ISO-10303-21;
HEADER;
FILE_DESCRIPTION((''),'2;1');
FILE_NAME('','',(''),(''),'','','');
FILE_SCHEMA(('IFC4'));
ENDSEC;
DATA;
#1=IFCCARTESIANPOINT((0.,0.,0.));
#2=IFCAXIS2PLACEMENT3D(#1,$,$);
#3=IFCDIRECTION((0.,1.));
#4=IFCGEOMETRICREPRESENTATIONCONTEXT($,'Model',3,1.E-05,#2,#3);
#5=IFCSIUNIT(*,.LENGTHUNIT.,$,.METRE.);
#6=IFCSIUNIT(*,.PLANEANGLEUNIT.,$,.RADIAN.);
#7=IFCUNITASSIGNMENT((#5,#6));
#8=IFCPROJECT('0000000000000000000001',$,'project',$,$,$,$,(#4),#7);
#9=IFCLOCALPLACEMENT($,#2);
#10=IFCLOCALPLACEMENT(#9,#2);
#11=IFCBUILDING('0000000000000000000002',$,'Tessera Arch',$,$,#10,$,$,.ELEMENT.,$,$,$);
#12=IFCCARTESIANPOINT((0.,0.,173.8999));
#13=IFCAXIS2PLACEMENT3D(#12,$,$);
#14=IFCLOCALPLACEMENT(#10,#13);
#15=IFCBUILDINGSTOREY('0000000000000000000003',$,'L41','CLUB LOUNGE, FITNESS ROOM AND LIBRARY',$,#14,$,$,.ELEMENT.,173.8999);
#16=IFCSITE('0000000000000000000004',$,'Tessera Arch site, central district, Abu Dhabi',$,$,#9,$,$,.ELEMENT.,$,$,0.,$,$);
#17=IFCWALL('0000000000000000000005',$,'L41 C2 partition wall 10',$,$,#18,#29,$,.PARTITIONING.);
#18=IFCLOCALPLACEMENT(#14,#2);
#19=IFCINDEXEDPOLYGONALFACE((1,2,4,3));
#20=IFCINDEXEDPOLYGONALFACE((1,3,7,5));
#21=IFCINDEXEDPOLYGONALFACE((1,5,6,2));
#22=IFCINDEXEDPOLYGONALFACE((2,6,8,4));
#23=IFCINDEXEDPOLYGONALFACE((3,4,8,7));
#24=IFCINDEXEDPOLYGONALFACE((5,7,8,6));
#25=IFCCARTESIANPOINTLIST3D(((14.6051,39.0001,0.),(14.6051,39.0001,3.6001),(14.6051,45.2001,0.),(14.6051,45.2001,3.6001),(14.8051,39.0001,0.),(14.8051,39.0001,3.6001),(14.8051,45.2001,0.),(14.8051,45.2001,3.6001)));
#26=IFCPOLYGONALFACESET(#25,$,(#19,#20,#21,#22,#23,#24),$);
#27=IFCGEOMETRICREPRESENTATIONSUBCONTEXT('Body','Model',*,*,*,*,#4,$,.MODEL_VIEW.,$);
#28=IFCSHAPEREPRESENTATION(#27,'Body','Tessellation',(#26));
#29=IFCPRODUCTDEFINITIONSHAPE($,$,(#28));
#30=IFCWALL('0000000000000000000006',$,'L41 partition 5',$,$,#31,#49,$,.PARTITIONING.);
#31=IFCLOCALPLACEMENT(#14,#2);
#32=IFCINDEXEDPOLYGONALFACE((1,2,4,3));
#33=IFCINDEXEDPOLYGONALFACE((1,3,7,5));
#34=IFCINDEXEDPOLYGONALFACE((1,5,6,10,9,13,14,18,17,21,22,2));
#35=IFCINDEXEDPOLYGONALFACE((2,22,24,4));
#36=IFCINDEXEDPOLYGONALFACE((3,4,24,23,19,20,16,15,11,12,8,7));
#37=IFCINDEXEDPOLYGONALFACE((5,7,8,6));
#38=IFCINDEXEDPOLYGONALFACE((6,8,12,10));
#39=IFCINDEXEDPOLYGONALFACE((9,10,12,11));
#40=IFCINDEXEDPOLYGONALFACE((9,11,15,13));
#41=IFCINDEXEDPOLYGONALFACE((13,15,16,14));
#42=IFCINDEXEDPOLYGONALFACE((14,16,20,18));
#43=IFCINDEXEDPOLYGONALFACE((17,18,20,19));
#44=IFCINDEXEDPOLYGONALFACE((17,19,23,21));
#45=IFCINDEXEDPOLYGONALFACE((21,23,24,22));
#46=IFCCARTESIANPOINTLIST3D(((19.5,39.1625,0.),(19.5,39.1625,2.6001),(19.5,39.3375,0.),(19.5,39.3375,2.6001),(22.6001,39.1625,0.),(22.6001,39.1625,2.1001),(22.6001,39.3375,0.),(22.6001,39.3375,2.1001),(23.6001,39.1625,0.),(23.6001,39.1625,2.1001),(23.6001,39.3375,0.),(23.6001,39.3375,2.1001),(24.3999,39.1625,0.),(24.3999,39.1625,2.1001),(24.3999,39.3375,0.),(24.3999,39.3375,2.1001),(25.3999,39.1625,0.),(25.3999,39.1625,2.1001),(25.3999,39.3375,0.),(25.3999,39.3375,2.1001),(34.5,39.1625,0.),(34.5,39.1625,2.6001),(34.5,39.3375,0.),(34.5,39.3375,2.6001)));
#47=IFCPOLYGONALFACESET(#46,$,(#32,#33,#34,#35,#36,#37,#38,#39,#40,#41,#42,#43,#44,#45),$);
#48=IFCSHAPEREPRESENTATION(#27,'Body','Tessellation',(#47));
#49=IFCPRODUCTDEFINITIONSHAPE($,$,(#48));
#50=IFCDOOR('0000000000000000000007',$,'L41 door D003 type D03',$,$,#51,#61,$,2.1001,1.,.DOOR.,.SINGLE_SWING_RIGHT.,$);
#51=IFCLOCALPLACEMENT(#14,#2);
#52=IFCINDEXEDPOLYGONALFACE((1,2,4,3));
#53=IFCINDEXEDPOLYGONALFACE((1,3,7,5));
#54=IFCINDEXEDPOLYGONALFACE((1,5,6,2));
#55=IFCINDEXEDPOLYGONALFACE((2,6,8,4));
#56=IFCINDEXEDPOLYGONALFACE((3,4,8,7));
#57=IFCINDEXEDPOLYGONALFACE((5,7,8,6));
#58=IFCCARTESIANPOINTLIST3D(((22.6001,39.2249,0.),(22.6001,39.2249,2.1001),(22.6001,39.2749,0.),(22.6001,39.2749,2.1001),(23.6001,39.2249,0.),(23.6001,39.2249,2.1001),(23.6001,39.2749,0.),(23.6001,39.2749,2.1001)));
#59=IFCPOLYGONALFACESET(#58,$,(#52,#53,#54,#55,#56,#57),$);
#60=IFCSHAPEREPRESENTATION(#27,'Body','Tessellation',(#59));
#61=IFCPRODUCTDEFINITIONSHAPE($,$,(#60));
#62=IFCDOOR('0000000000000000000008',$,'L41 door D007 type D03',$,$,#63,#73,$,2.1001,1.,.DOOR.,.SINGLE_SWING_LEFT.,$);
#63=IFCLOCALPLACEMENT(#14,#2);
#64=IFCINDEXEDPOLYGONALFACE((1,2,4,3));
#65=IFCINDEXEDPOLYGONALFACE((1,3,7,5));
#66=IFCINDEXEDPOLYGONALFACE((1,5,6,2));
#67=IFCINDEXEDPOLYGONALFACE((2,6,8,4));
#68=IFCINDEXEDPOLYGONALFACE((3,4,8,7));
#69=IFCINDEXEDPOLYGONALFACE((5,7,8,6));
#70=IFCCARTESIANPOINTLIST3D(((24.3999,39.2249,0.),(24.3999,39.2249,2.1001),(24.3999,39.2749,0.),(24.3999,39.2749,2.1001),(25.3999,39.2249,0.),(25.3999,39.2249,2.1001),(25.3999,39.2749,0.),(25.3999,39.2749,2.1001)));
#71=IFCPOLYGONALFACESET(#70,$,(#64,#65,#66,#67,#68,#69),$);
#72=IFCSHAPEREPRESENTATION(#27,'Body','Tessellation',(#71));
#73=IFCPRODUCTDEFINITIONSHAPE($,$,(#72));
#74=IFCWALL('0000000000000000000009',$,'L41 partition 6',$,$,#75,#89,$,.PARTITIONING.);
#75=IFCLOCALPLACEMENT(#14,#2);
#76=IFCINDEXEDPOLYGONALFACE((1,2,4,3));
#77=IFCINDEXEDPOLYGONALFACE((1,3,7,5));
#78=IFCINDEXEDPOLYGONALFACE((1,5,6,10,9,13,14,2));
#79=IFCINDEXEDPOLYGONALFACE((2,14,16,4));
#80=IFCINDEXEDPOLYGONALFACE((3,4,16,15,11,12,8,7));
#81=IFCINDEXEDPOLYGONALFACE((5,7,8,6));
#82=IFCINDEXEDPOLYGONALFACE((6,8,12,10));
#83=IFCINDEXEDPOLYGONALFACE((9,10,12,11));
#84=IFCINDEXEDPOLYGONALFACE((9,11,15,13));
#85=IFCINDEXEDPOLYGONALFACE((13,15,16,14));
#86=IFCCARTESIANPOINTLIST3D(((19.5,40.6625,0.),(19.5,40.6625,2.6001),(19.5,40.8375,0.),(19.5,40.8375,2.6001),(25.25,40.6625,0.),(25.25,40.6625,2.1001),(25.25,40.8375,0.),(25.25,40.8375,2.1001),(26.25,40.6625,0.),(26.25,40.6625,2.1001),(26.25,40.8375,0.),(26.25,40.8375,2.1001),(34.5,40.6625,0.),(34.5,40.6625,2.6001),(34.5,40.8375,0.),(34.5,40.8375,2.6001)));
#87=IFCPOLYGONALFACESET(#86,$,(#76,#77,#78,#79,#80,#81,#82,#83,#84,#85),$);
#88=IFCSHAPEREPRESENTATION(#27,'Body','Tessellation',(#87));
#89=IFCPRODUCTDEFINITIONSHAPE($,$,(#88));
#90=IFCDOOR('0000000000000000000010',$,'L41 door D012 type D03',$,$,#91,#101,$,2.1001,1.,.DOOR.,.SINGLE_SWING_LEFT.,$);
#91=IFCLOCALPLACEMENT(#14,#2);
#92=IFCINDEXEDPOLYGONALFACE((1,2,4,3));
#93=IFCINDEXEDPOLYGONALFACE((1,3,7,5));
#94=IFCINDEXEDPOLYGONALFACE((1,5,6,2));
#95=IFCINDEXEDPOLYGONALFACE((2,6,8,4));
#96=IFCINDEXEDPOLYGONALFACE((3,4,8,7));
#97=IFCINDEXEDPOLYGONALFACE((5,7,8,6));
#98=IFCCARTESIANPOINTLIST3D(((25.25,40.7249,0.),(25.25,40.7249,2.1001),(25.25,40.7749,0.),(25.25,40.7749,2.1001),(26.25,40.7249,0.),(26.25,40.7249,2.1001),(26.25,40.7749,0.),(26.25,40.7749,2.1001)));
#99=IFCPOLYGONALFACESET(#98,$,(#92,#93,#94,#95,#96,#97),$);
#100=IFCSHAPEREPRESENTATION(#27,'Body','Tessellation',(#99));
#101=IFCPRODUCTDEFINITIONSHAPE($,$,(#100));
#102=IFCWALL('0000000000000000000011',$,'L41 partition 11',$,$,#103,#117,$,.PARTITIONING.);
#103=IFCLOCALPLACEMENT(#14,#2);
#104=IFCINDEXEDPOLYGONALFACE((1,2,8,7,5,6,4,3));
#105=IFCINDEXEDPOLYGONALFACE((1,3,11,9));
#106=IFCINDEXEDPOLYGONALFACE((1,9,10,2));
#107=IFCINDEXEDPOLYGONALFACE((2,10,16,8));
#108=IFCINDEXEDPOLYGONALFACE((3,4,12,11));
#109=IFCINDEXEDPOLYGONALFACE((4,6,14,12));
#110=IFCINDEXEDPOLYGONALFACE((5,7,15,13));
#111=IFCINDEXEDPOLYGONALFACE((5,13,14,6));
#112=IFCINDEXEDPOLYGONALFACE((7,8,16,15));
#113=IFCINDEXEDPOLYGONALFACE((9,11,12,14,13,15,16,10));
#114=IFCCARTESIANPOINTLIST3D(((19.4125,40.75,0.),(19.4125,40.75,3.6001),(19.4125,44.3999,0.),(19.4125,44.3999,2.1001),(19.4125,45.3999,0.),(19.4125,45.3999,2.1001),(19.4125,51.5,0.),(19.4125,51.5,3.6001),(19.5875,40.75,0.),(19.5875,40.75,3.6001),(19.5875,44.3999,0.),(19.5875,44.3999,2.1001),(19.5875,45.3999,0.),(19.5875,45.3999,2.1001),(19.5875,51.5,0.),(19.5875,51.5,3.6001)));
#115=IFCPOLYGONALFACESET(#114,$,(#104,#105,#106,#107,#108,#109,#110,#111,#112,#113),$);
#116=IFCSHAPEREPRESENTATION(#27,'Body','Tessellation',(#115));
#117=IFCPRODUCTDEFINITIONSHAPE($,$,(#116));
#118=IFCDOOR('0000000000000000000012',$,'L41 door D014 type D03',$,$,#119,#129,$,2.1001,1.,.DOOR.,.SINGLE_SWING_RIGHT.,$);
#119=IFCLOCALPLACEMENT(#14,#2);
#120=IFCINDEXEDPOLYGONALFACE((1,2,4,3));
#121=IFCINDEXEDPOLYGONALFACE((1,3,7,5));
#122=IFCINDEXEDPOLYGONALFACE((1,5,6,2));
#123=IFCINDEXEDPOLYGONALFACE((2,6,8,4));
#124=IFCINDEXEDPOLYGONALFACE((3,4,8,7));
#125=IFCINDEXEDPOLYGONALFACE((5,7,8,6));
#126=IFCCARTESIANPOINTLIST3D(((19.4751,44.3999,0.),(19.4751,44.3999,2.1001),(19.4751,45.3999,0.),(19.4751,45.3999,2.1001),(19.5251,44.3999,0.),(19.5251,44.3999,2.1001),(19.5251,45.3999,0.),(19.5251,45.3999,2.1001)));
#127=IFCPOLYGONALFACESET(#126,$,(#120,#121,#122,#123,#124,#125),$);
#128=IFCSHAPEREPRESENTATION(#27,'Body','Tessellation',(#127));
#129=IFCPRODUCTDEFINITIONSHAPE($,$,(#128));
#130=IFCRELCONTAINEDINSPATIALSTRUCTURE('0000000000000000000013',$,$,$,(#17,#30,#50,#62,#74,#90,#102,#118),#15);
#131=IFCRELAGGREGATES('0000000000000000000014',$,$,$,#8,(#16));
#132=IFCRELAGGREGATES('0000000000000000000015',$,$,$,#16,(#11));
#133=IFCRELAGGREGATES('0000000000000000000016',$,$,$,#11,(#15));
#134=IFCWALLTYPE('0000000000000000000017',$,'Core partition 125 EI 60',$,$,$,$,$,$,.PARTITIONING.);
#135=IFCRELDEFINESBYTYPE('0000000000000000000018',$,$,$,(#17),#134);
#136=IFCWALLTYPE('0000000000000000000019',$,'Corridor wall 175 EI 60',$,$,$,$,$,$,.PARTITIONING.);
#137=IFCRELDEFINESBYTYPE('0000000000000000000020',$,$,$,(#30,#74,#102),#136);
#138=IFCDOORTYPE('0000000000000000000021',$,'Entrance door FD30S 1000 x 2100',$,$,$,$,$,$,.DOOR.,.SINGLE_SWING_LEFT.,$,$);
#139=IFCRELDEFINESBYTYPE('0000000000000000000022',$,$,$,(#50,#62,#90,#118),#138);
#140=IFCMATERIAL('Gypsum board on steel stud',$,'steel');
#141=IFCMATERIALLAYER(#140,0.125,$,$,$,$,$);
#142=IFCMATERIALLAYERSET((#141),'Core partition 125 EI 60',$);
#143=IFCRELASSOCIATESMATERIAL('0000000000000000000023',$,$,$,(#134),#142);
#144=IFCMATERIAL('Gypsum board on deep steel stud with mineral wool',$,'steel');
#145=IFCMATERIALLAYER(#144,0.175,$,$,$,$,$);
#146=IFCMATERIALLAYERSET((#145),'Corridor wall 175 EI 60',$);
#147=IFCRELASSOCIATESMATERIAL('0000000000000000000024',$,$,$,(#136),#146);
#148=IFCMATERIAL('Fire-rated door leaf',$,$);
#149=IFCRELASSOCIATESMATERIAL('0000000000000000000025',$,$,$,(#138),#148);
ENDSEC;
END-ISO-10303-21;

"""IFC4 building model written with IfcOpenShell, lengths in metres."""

from ifc_helpers import new_model, si_unit, direction, frame, frame_2d, origin, place, context, subcontext, project, spatial, rectangle, extrude, material, layer, layer_set, type_object, element, fill, save


model = new_model("IFC4")

# Units and contexts
model_context = context("Model", 3, precision=1e-05, world=origin(), true_north=direction((0.0, 1.0)))
body_context = subcontext(model_context, "Body", "Model", "MODEL_VIEW")
ifc_project = project(units=[si_unit("LENGTHUNIT", "METRE"), si_unit("PLANEANGLEUNIT", "RADIAN")], contexts=[model_context])

# Site, building, storey
site_placement = place(None, origin())
site = spatial("IfcSite", under=ifc_project, at=site_placement, Name="Tessera Arch site, central district, Abu Dhabi", CompositionType="ELEMENT", RefElevation=0.0)
building_placement = place(site_placement, origin())
building = spatial("IfcBuilding", under=site, at=building_placement, Name="Tessera Arch", CompositionType="ELEMENT")
storey_placement = place(building_placement, frame((0.0, 0.0, 173.8999)))
storey = spatial("IfcBuildingStorey", under=building, at=storey_placement, Name="L41", Description="CLUB LOUNGE, FITNESS ROOM AND LIBRARY", CompositionType="ELEMENT", Elevation=173.8999)

# Wall
ifc_material_1 = material(Name="Gypsum board on steel stud", Category="steel")
ifc_layer_1 = layer(ifc_material_1, 0.125)
ifc_layer_set_1 = layer_set([ifc_layer_1], Name="Core partition 125 EI 60")
wall_type_1 = type_object("IfcWallType", Name="Core partition 125 EI 60", PredefinedType="PARTITIONING", material=ifc_layer_set_1)
wall_1_placement = place(storey_placement, frame((14.7051, 39.0, 0.0), z_axis=(0.0, 0.0, 1.0), x_axis=(0.0, 1.0, 0.0)))
element("IfcWall", 1, at=wall_1_placement, inside=storey, type_object=wall_type_1, Name="L41 C2 partition wall 10", PredefinedType="PARTITIONING", context=body_context, shape_type="SweptSolid", body=[
    extrude(rectangle(XDim=6.2, YDim=0.2, at=frame_2d((3.1001, 0.0))), origin(), (0.0, 0.0, 1.0), 3.6001),
])

# Wall, openings, doors
ifc_material_2 = material(Name="Gypsum board on deep steel stud with mineral wool", Category="steel")
ifc_layer_2 = layer(ifc_material_2, 0.175)
ifc_layer_set_2 = layer_set([ifc_layer_2], Name="Corridor wall 175 EI 60")
wall_type_2 = type_object("IfcWallType", Name="Corridor wall 175 EI 60", PredefinedType="PARTITIONING", material=ifc_layer_set_2)
wall_2_placement = place(storey_placement, frame((19.5, 39.25, 0.0), z_axis=(0.0, 0.0, 1.0), x_axis=(1.0, 0.0, 0.0)))
wall_2 = element("IfcWall", 2, at=wall_2_placement, inside=storey, type_object=wall_type_2, Name="L41 partition 5", PredefinedType="PARTITIONING", context=body_context, shape_type="SweptSolid", body=[
    extrude(rectangle(XDim=15.0, YDim=0.175, at=frame_2d((7.5, 0.0))), origin(), (0.0, 0.0, 1.0), 2.6001),
])
opening_1_placement = place(wall_2_placement, frame((3.1001, 0.0, 0.0)))
opening_1 = element("IfcOpeningElement", 3, at=opening_1_placement, cuts=wall_2, PredefinedType="OPENING", context=body_context, shape_type="SweptSolid", body=[
    extrude(rectangle(XDim=1.0, YDim=2.1001, at=frame_2d((0.5, 1.05))), frame((0.0, 0.0974, 0.0), z_axis=(0.0, -1.0, 0.0), x_axis=(1.0, 0.0, 0.0)), (0.0, 0.0, 1.0), 0.1951),
])
opening_2_placement = place(wall_2_placement, frame((4.8999, 0.0, 0.0)))
opening_2 = element("IfcOpeningElement", 4, at=opening_2_placement, cuts=wall_2, PredefinedType="OPENING", context=body_context, shape_type="SweptSolid", body=[
    extrude(rectangle(XDim=1.0, YDim=2.1001, at=frame_2d((0.5, 1.05))), frame((0.0, 0.0974, 0.0), z_axis=(0.0, -1.0, 0.0), x_axis=(1.0, 0.0, 0.0)), (0.0, 0.0, 1.0), 0.1951),
])
ifc_material_3 = material(Name="Fire-rated door leaf")
door_type_1 = type_object("IfcDoorType", Name="Entrance door FD30S 1000 x 2100", OperationType="SINGLE_SWING_LEFT", PredefinedType="DOOR", material=ifc_material_3)
door_1_placement = place(opening_1_placement, origin())
door_1 = element("IfcDoor", 5, at=door_1_placement, inside=storey, type_object=door_type_1, Name="L41 door D003 type D03", OperationType="SINGLE_SWING_RIGHT", OverallHeight=2.1001, OverallWidth=1.0, PredefinedType="DOOR", context=body_context, shape_type="SweptSolid", body=[
    extrude(rectangle(XDim=1.0, YDim=2.1001, at=frame_2d((0.5, 1.05))), frame((0.0, 0.0249, 0.0), z_axis=(0.0, -1.0, 0.0), x_axis=(1.0, 0.0, 0.0)), (0.0, 0.0, 1.0), 0.05),
])
fill(opening_1, door_1)
door_2_placement = place(opening_2_placement, origin())
door_2 = element("IfcDoor", 6, at=door_2_placement, inside=storey, type_object=door_type_1, Name="L41 door D007 type D03", OperationType="SINGLE_SWING_LEFT", OverallHeight=2.1001, OverallWidth=1.0, PredefinedType="DOOR", context=body_context, shape_type="SweptSolid", body=[
    extrude(rectangle(XDim=1.0, YDim=2.1001, at=frame_2d((0.5, 1.05))), frame((0.0, 0.0249, 0.0), z_axis=(0.0, -1.0, 0.0), x_axis=(1.0, 0.0, 0.0)), (0.0, 0.0, 1.0), 0.05),
])
fill(opening_2, door_2)

# Walls, openings, doors
wall_3_placement = place(storey_placement, frame((19.5, 40.75, 0.0), z_axis=(0.0, 0.0, 1.0), x_axis=(1.0, 0.0, 0.0)))
wall_3 = element("IfcWall", 7, at=wall_3_placement, inside=storey, type_object=wall_type_2, Name="L41 partition 6", PredefinedType="PARTITIONING", context=body_context, shape_type="SweptSolid", body=[
    extrude(rectangle(XDim=15.0, YDim=0.175, at=frame_2d((7.5, 0.0))), origin(), (0.0, 0.0, 1.0), 2.6001),
])
opening_3_placement = place(wall_3_placement, frame((5.75, 0.0, 0.0)))
opening_3 = element("IfcOpeningElement", 8, at=opening_3_placement, cuts=wall_3, PredefinedType="OPENING", context=body_context, shape_type="SweptSolid", body=[
    extrude(rectangle(XDim=1.0, YDim=2.1001, at=frame_2d((0.5, 1.05))), frame((0.0, 0.0974, 0.0), z_axis=(0.0, -1.0, 0.0), x_axis=(1.0, 0.0, 0.0)), (0.0, 0.0, 1.0), 0.1951),
])
door_3_placement = place(opening_3_placement, origin())
door_3 = element("IfcDoor", 9, at=door_3_placement, inside=storey, type_object=door_type_1, Name="L41 door D012 type D03", OperationType="SINGLE_SWING_LEFT", OverallHeight=2.1001, OverallWidth=1.0, PredefinedType="DOOR", context=body_context, shape_type="SweptSolid", body=[
    extrude(rectangle(XDim=1.0, YDim=2.1001, at=frame_2d((0.5, 1.05))), frame((0.0, 0.0249, 0.0), z_axis=(0.0, -1.0, 0.0), x_axis=(1.0, 0.0, 0.0)), (0.0, 0.0, 1.0), 0.05),
])
fill(opening_3, door_3)
wall_4_placement = place(storey_placement, frame((19.5, 40.75, 0.0), z_axis=(0.0, 0.0, 1.0), x_axis=(0.0, 1.0, 0.0)))
wall_4 = element("IfcWall", 10, at=wall_4_placement, inside=storey, type_object=wall_type_2, Name="L41 partition 11", PredefinedType="PARTITIONING", context=body_context, shape_type="SweptSolid", body=[
    extrude(rectangle(XDim=10.75, YDim=0.175, at=frame_2d((5.375, 0.0))), origin(), (0.0, 0.0, 1.0), 3.6001),
])
opening_4_placement = place(wall_4_placement, frame((3.6499, 0.0, 0.0)))
opening_4 = element("IfcOpeningElement", 11, at=opening_4_placement, cuts=wall_4, PredefinedType="OPENING", context=body_context, shape_type="SweptSolid", body=[
    extrude(rectangle(XDim=1.0, YDim=2.1001, at=frame_2d((0.5, 1.05))), frame((0.0, 0.0974, 0.0), z_axis=(0.0, -1.0, 0.0), x_axis=(1.0, 0.0, 0.0)), (0.0, 0.0, 1.0), 0.1951),
])
door_4_placement = place(opening_4_placement, origin())
door_4 = element("IfcDoor", 12, at=door_4_placement, inside=storey, type_object=door_type_1, Name="L41 door D014 type D03", OperationType="SINGLE_SWING_RIGHT", OverallHeight=2.1001, OverallWidth=1.0, PredefinedType="DOOR", context=body_context, shape_type="SweptSolid", body=[
    extrude(rectangle(XDim=1.0, YDim=2.1001, at=frame_2d((0.5, 1.05))), frame((0.0, 0.0249, 0.0), z_axis=(0.0, -1.0, 0.0), x_axis=(1.0, 0.0, 0.0)), (0.0, 0.0, 1.0), 0.05),
])
fill(opening_4, door_4)

save(model, "model.ifc")
